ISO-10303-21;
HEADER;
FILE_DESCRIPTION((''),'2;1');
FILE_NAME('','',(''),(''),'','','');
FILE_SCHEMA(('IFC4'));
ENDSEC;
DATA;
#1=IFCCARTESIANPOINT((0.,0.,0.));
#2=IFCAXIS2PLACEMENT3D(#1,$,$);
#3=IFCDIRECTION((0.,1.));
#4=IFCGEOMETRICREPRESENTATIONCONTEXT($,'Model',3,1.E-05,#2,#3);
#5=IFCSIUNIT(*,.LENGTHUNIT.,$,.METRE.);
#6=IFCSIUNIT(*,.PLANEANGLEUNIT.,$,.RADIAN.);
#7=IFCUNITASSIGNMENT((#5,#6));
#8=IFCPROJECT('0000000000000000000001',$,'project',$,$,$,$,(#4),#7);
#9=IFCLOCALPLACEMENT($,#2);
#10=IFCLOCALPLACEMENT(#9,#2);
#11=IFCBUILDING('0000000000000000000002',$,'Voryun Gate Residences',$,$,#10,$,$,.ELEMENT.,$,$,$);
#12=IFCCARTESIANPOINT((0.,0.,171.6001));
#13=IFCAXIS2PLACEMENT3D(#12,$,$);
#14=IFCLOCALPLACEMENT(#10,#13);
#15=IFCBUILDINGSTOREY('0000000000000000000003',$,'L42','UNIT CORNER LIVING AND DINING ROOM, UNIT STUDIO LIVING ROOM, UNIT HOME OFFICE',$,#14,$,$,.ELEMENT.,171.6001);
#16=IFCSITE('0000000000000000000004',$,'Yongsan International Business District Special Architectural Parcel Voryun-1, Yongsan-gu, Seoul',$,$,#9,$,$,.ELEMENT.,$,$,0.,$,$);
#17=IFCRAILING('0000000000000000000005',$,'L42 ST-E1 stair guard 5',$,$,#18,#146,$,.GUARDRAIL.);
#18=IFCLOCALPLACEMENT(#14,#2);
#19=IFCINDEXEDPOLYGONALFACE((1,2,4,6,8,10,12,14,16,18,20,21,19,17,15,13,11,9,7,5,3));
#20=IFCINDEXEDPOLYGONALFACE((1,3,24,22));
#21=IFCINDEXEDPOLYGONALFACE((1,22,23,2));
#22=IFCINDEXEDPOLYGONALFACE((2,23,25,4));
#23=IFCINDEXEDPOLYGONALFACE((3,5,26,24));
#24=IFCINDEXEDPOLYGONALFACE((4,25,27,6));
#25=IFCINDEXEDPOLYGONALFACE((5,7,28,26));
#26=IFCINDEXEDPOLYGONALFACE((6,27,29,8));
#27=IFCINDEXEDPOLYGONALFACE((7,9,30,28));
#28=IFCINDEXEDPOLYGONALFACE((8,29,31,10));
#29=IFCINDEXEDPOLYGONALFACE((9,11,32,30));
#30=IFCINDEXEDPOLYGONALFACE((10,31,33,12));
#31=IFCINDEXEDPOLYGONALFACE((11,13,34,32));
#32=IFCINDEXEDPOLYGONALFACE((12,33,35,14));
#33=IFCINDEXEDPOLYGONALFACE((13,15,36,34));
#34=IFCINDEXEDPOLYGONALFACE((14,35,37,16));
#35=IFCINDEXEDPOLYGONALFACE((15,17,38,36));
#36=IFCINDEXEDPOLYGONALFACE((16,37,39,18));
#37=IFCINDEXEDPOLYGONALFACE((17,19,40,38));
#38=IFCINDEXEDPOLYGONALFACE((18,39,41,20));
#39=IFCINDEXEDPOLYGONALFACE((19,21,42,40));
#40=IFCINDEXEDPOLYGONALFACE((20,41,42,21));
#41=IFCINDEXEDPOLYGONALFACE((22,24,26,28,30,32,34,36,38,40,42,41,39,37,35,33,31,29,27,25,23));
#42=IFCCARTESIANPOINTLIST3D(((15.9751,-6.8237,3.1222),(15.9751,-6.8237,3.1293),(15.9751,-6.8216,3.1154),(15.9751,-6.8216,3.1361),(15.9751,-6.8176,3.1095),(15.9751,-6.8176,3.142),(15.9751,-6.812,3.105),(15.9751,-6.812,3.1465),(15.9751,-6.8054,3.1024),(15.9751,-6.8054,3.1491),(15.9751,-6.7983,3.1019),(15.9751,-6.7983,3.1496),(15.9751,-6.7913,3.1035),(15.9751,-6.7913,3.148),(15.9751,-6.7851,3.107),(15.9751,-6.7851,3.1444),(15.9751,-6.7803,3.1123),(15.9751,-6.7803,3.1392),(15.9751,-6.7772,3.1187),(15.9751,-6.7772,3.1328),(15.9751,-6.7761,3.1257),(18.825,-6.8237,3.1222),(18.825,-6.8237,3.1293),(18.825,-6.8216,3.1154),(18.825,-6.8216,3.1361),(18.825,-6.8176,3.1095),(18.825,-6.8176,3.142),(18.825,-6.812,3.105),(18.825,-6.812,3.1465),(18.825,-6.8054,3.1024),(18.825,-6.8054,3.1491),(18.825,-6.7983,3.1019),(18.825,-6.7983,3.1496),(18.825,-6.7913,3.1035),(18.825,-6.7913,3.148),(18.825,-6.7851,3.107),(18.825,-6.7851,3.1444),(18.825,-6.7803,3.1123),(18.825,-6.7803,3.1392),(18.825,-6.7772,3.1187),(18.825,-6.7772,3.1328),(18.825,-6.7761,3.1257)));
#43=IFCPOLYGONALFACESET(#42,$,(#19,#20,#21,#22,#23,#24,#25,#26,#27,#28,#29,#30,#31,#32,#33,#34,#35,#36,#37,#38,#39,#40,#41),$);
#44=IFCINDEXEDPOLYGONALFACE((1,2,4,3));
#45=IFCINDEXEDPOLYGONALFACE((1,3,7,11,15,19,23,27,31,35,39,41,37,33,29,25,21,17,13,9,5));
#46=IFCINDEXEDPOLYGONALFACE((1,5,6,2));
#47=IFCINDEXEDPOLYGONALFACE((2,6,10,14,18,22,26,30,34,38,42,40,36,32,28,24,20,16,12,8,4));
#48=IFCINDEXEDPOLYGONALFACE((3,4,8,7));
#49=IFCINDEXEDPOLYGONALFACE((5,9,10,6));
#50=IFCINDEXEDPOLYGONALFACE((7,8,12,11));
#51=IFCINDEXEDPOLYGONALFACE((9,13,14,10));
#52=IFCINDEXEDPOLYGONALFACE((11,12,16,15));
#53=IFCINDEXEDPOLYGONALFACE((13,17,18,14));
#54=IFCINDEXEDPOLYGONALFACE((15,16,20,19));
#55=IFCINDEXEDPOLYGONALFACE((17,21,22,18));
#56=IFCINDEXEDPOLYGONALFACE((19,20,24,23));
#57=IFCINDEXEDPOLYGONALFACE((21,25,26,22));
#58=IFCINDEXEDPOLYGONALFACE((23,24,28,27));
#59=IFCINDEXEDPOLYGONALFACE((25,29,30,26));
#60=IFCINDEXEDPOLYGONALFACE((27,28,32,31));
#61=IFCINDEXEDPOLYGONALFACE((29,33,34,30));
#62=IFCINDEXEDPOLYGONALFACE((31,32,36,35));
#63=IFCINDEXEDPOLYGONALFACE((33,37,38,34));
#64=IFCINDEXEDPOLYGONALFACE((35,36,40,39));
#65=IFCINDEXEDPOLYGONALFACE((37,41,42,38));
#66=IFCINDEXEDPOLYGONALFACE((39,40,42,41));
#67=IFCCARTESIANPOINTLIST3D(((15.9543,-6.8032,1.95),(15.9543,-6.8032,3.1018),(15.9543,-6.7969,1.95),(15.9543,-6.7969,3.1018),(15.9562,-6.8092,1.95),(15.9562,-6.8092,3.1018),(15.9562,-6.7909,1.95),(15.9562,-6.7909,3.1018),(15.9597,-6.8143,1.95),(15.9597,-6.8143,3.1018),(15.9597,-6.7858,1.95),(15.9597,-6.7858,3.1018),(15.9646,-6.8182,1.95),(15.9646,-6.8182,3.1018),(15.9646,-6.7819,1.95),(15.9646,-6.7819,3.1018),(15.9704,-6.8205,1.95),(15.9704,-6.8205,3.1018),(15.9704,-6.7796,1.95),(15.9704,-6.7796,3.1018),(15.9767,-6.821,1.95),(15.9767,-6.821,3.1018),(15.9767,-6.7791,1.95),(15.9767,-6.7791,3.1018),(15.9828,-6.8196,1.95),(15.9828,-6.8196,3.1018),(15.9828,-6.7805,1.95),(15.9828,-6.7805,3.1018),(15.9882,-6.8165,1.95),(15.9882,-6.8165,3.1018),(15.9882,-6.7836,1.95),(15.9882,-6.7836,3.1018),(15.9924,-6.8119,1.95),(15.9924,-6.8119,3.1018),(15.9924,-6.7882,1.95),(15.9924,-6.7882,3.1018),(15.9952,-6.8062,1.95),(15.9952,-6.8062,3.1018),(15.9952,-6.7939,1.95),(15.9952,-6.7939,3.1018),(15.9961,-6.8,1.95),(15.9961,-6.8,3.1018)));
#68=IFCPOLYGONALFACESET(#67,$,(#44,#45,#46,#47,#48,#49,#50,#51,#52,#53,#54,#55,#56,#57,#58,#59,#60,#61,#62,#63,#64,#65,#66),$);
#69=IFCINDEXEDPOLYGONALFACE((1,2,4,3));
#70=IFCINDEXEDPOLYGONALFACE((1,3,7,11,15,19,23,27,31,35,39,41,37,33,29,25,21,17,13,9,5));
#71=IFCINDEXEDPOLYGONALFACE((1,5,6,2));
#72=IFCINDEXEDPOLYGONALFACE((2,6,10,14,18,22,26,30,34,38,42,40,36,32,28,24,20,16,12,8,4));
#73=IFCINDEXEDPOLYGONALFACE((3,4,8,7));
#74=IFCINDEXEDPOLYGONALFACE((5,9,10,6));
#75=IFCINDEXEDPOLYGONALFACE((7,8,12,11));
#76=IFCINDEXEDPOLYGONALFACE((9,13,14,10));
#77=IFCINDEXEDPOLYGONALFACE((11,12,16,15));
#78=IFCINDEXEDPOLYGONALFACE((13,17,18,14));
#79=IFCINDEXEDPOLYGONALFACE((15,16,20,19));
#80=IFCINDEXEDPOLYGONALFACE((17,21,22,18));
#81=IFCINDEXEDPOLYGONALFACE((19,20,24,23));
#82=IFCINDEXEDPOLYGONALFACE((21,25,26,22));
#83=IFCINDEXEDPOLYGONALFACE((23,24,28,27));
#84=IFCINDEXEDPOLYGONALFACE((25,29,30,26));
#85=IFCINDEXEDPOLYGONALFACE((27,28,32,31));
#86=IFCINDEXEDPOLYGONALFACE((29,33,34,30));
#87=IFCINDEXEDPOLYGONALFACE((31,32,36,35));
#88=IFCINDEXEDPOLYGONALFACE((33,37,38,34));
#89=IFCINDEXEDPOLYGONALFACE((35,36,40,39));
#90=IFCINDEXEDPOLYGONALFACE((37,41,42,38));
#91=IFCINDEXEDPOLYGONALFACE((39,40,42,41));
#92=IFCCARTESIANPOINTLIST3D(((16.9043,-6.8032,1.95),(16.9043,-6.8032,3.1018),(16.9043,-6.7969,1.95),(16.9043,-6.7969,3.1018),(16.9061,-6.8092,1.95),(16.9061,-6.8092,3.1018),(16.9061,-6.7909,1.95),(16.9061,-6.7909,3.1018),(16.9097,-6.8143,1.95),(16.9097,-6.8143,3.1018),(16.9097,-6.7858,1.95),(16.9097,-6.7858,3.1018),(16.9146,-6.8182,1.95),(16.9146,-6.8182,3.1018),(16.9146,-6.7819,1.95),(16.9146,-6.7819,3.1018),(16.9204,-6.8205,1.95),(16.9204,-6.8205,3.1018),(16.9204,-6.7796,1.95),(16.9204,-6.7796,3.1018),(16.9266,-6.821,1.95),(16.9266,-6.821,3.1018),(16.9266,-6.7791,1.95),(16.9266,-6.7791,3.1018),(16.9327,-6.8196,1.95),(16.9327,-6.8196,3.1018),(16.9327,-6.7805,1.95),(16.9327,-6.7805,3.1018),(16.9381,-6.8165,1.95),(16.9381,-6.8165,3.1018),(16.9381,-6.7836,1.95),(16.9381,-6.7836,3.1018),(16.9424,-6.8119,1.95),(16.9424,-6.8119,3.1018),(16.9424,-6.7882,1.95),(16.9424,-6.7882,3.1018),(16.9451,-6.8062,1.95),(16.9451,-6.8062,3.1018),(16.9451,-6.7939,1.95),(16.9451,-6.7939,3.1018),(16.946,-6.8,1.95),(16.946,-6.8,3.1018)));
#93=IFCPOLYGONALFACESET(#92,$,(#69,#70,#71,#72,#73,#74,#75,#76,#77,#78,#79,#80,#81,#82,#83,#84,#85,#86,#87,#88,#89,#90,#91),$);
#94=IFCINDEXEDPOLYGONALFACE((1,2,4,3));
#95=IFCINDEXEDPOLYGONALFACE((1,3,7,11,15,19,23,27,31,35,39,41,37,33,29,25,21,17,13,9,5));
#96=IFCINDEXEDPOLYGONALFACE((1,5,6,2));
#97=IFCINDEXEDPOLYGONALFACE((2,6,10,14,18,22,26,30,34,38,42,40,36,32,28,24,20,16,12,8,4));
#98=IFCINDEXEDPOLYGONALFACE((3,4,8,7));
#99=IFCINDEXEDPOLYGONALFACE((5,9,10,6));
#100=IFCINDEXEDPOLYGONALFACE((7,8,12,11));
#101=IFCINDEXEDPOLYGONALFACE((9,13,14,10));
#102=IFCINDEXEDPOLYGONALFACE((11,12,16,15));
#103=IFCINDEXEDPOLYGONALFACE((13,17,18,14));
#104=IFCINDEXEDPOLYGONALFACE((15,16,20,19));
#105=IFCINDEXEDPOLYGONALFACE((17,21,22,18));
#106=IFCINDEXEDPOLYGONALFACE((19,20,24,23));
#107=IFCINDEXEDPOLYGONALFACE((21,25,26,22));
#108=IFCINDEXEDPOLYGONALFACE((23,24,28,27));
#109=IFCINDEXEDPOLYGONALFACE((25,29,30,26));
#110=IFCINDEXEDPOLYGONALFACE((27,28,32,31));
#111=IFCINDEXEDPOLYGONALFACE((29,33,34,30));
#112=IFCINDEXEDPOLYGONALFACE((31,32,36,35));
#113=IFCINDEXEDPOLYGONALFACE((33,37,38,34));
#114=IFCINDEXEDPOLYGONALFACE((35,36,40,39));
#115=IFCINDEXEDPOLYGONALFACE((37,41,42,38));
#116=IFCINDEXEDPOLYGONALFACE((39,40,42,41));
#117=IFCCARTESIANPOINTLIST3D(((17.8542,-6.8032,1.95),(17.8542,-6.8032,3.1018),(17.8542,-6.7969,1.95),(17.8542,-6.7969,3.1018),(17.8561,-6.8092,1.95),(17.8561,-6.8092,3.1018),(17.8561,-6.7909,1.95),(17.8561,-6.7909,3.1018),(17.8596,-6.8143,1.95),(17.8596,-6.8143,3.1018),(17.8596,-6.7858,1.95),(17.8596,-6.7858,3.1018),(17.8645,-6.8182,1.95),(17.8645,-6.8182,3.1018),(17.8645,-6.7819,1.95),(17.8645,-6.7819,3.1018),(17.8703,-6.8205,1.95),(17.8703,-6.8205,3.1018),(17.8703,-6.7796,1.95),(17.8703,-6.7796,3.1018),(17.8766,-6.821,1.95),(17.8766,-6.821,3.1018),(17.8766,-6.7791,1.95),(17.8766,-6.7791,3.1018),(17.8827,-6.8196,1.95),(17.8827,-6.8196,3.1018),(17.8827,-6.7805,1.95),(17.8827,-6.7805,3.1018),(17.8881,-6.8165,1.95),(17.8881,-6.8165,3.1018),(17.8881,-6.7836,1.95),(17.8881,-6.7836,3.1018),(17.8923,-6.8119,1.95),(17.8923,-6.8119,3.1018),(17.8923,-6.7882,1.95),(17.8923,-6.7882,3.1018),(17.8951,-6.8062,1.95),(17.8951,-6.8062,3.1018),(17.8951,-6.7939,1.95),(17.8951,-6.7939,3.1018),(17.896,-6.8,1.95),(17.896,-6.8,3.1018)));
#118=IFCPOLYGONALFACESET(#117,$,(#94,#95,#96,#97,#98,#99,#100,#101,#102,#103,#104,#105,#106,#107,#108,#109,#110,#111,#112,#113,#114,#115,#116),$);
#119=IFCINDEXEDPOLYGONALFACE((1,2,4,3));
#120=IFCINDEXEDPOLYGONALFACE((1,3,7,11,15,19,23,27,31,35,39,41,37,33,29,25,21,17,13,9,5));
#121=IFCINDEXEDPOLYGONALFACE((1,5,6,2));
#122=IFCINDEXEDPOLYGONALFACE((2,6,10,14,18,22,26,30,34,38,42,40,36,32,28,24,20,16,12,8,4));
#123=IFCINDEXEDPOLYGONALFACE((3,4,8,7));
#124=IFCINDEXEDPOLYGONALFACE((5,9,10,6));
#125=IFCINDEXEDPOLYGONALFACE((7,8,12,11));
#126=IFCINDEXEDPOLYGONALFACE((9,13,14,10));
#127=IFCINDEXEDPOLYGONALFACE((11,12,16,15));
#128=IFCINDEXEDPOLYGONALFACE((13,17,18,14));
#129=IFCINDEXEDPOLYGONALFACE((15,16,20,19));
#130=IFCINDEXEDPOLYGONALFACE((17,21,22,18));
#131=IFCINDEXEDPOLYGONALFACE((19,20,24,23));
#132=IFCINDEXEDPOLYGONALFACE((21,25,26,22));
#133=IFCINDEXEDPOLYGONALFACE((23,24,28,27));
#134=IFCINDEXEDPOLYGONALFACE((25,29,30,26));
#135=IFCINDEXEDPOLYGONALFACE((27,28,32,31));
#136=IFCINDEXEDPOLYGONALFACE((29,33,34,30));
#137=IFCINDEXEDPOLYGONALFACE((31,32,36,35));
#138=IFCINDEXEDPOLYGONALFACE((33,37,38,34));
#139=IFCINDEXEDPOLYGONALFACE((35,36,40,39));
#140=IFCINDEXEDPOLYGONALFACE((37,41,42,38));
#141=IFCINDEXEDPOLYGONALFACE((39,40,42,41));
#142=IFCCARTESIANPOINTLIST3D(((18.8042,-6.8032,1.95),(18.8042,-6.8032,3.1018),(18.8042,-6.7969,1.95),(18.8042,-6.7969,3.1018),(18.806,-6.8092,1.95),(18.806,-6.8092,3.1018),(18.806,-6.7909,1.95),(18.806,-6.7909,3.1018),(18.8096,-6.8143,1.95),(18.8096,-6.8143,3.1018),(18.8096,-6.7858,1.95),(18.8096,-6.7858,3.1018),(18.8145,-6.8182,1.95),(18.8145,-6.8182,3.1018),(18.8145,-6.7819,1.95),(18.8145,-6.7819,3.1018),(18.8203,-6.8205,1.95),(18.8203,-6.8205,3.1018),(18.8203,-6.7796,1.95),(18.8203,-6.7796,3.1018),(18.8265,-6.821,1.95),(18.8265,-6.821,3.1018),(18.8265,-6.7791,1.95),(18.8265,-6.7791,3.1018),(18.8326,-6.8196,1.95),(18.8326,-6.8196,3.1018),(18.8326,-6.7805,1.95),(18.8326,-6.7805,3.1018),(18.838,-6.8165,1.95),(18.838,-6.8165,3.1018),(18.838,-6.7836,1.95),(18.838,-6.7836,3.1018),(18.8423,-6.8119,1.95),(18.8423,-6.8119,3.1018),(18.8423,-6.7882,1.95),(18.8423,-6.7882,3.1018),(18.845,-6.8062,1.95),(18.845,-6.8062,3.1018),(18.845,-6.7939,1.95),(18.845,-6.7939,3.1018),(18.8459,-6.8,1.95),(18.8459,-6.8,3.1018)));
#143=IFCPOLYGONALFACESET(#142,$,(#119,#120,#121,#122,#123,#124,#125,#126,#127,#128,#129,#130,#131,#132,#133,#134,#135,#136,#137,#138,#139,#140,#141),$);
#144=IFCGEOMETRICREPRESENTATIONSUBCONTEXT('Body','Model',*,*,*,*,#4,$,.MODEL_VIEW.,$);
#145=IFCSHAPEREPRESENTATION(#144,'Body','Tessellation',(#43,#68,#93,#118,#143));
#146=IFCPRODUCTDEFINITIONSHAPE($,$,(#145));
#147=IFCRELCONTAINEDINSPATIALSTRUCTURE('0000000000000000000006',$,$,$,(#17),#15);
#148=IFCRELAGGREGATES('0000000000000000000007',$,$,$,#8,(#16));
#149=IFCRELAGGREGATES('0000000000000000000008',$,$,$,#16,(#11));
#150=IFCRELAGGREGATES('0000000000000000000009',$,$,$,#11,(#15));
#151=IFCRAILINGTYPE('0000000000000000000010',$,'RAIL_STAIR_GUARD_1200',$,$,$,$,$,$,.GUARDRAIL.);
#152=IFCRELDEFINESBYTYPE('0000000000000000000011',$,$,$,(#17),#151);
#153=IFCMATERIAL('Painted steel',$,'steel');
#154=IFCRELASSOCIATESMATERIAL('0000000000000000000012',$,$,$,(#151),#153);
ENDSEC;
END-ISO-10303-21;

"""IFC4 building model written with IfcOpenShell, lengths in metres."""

from ifc_helpers import new_model, si_unit, direction, frame, origin, origin_2d, place, context, subcontext, project, spatial, circle, extrude, material, type_object, element, save


model = new_model("IFC4")

# Units and contexts
model_context = context("Model", 3, precision=1e-05, world=origin(), true_north=direction((0.0, 1.0)))
body_context = subcontext(model_context, "Body", "Model", "MODEL_VIEW")
ifc_project = project(units=[si_unit("LENGTHUNIT", "METRE"), si_unit("PLANEANGLEUNIT", "RADIAN")], contexts=[model_context])

# Site, building, storey
site_placement = place(None, origin())
site = spatial("IfcSite", under=ifc_project, at=site_placement, Name="Yongsan International Business District Special Architectural Parcel Voryun-1, Yongsan-gu, Seoul", CompositionType="ELEMENT", RefElevation=0.0)
building_placement = place(site_placement, origin())
building = spatial("IfcBuilding", under=site, at=building_placement, Name="Voryun Gate Residences", CompositionType="ELEMENT")
storey_placement = place(building_placement, frame((0.0, 0.0, 171.6001)))
storey = spatial("IfcBuildingStorey", under=building, at=storey_placement, Name="L42", Description="UNIT CORNER LIVING AND DINING ROOM, UNIT STUDIO LIVING ROOM, UNIT HOME OFFICE", CompositionType="ELEMENT", Elevation=171.6001)

# Railing
ifc_material_1 = material(Name="Painted steel", Category="steel")
railing_type_1 = type_object("IfcRailingType", Name="RAIL_STAIR_GUARD_1200", PredefinedType="GUARDRAIL", material=ifc_material_1)
railing_1_placement = place(storey_placement, frame((15.9751, -6.8, 1.95)))
element("IfcRailing", 1, at=railing_1_placement, inside=storey, type_object=railing_type_1, Name="L42 ST-E1 stair guard 5", PredefinedType="GUARDRAIL", context=body_context, shape_type="SweptSolid", body=[
    extrude(circle(Radius=0.0239, at=origin_2d()), frame((0.0, 0.0, 1.1758), z_axis=(1.0, 0.0, 0.0), x_axis=(0.0, 1.0, 0.0)), (0.0, 0.0, 1.0), 2.8499),
    extrude(circle(Radius=0.021, at=origin_2d()), origin(), (0.0, 0.0, 1.0), 1.1519),
    extrude(circle(Radius=0.021, at=origin_2d()), frame((0.95, 0.0, 0.0)), (0.0, 0.0, 1.0), 1.1519),
    extrude(circle(Radius=0.021, at=origin_2d()), frame((1.8999, 0.0, 0.0)), (0.0, 0.0, 1.0), 1.1519),
    extrude(circle(Radius=0.021, at=origin_2d()), frame((2.8499, 0.0, 0.0)), (0.0, 0.0, 1.0), 1.1519),
])

save(model, "model.ifc")
